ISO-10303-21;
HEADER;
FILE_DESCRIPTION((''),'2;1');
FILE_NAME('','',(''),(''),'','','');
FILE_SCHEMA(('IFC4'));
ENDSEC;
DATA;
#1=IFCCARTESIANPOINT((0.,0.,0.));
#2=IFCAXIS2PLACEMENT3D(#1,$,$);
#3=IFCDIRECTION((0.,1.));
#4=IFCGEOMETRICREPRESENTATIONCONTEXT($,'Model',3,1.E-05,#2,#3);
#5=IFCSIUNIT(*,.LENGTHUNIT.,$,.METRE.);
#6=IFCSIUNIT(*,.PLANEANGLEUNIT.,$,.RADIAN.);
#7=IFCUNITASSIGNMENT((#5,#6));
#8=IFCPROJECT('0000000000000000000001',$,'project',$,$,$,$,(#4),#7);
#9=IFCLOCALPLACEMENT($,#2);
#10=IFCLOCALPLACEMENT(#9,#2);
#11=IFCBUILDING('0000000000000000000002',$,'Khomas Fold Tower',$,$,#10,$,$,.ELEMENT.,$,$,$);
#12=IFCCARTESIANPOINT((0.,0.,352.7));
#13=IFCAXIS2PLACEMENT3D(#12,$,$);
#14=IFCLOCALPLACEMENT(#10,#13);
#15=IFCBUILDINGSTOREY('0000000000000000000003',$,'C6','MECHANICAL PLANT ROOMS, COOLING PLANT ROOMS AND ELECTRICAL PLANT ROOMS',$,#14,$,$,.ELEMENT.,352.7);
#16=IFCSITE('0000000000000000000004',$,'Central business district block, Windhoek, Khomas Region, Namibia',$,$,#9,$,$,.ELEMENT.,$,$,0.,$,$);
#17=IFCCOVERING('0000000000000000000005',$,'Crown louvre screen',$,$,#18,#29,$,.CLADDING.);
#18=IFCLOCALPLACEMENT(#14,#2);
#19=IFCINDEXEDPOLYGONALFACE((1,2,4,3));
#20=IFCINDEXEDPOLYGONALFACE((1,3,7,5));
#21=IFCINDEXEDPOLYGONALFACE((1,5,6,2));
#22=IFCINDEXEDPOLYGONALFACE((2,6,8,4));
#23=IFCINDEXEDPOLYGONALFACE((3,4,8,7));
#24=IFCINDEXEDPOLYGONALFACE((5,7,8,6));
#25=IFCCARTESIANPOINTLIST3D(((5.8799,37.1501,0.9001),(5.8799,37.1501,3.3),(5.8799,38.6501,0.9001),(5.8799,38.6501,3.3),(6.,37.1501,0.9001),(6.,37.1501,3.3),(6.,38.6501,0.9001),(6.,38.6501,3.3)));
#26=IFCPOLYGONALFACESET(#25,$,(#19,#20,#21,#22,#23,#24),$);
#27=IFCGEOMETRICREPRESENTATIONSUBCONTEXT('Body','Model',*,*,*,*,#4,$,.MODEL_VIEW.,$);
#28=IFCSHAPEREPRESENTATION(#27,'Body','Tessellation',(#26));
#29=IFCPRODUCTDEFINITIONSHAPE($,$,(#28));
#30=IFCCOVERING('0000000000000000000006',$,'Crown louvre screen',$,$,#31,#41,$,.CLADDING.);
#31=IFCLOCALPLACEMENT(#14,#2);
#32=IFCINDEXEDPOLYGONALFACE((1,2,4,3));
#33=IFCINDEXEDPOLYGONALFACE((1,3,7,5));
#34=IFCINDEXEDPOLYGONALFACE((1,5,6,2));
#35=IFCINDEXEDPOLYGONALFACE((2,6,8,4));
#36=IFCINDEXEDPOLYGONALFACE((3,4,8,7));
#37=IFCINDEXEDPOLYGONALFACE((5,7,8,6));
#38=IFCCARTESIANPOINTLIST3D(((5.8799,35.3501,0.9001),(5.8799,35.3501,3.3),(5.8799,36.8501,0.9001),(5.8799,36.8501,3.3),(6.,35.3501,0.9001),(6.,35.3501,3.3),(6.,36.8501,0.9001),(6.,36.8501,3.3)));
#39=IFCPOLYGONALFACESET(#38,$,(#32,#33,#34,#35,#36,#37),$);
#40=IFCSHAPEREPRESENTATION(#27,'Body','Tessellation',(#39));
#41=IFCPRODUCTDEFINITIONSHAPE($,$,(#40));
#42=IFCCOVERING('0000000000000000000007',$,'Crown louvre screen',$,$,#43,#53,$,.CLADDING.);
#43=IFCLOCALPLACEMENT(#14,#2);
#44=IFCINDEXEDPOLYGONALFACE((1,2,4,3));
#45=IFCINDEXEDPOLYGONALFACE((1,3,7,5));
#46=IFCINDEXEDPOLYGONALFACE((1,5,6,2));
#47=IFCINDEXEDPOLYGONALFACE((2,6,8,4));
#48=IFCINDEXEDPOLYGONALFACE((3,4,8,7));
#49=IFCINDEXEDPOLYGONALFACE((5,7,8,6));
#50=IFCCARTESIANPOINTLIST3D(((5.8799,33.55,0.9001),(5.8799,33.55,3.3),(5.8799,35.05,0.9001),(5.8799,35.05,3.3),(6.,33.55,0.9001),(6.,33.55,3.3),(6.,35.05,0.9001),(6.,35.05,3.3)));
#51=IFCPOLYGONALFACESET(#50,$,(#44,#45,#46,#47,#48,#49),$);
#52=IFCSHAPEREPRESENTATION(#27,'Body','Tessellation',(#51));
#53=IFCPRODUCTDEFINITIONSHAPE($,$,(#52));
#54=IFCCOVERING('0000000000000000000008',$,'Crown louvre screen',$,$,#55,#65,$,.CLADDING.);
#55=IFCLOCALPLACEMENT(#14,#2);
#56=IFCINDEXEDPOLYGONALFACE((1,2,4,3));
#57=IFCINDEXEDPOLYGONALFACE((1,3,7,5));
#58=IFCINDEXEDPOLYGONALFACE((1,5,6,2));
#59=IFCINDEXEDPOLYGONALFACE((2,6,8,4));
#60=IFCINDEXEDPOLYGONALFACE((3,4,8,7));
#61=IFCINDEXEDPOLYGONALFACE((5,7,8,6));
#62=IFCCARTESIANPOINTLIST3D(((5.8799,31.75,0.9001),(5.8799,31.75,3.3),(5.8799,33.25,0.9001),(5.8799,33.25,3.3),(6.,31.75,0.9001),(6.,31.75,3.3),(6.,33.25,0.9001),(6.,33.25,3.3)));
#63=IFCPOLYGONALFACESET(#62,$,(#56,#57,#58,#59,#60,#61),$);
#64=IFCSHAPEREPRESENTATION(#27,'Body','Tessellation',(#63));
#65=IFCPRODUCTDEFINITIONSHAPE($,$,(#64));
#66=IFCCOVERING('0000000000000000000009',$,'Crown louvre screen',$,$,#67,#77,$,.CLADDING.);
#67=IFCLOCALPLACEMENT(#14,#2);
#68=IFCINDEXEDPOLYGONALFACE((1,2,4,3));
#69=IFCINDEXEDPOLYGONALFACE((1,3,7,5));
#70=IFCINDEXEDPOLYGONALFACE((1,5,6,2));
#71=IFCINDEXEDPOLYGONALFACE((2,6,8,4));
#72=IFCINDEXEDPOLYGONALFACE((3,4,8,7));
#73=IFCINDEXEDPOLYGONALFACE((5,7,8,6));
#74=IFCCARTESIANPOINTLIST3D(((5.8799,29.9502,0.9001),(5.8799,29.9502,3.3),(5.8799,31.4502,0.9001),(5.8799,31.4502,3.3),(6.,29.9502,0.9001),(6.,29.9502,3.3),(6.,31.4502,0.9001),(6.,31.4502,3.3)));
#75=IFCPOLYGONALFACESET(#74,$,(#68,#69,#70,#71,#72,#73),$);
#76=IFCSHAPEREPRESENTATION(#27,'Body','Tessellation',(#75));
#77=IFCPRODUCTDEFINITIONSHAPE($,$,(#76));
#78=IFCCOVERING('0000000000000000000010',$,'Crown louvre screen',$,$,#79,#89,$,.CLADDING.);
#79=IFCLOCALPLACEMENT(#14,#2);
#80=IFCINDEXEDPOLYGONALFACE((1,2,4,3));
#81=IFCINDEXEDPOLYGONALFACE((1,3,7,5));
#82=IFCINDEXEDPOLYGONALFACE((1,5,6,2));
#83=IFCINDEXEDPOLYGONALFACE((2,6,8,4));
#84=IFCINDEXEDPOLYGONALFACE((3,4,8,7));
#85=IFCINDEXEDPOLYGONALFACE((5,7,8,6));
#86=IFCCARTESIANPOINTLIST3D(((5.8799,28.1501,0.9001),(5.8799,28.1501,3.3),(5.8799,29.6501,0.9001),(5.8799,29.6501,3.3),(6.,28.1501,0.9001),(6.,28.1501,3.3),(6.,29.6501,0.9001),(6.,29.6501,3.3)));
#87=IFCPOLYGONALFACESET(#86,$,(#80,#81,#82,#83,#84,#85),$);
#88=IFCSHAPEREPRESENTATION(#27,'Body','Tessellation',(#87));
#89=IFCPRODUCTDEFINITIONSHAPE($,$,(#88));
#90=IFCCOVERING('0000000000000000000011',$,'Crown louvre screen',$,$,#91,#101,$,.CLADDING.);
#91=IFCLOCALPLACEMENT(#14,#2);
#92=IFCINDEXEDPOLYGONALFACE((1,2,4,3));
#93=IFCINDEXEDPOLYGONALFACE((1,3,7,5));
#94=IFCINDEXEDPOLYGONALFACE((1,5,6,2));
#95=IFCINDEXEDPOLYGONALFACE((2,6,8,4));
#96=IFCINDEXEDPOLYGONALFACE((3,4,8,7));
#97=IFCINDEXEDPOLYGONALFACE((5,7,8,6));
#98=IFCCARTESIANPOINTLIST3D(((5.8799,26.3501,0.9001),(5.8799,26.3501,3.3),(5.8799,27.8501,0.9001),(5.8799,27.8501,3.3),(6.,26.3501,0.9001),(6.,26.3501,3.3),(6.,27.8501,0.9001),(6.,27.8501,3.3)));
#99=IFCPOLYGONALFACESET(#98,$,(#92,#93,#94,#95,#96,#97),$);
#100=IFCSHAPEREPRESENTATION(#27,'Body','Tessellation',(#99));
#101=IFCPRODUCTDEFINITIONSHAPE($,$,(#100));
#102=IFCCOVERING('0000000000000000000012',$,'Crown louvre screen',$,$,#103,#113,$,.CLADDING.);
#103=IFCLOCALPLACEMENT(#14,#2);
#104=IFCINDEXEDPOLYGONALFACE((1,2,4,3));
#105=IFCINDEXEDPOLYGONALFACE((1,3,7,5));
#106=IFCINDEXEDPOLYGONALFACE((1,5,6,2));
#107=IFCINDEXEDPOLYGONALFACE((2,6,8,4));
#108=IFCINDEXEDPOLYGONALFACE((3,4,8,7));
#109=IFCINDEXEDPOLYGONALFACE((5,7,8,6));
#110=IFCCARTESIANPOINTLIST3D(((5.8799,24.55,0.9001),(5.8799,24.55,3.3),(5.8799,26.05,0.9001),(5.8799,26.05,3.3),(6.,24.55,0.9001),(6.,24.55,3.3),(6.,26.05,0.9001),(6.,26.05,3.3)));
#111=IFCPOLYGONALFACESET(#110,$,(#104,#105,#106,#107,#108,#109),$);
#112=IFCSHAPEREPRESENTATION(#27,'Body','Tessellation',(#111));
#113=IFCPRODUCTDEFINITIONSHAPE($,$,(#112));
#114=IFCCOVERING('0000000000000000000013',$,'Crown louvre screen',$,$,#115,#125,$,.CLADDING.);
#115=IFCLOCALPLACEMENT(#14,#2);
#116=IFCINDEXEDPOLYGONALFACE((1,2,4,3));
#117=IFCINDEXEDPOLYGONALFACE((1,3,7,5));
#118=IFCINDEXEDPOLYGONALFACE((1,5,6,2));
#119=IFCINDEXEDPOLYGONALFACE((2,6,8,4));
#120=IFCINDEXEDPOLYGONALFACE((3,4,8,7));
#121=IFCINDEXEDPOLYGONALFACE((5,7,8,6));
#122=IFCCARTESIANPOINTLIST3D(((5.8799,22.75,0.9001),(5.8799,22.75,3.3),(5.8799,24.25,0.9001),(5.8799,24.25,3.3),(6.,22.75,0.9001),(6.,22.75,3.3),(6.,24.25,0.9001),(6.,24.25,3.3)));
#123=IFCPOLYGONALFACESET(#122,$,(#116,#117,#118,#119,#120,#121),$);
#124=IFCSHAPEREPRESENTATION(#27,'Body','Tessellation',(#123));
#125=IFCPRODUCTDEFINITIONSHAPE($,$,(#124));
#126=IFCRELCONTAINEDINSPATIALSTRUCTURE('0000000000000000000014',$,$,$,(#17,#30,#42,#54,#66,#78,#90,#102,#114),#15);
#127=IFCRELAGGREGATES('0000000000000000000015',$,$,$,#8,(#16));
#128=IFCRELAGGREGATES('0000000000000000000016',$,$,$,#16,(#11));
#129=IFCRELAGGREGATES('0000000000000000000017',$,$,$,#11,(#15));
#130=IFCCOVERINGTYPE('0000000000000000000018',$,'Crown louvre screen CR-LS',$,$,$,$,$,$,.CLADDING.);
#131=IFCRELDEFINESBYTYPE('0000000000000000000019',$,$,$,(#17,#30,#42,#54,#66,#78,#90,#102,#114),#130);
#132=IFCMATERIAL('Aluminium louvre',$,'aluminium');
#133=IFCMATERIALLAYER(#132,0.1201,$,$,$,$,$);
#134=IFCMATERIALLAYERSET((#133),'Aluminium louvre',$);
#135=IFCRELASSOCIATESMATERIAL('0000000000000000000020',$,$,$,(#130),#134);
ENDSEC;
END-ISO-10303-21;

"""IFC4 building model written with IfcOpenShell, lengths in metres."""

from ifc_helpers import new_model, si_unit, direction, frame, origin, origin_2d, place, context, subcontext, project, spatial, rectangle, extrude, source, transform, mapped, material, layer, layer_set, type_object, element, save


model = new_model("IFC4")

# Units and contexts
model_context = context("Model", 3, precision=1e-05, world=origin(), true_north=direction((0.0, 1.0)))
body_context = subcontext(model_context, "Body", "Model", "MODEL_VIEW")
ifc_project = project(units=[si_unit("LENGTHUNIT", "METRE"), si_unit("PLANEANGLEUNIT", "RADIAN")], contexts=[model_context])

# Site, building, storey
site_placement = place(None, origin())
site = spatial("IfcSite", under=ifc_project, at=site_placement, Name="Central business district block, Windhoek, Khomas Region, Namibia", CompositionType="ELEMENT", RefElevation=0.0)
building_placement = place(site_placement, origin())
building = spatial("IfcBuilding", under=site, at=building_placement, Name="Khomas Fold Tower", CompositionType="ELEMENT")
storey_placement = place(building_placement, frame((0.0, 0.0, 352.7)))
storey = spatial("IfcBuildingStorey", under=building, at=storey_placement, Name="C6", Description="MECHANICAL PLANT ROOMS, COOLING PLANT ROOMS AND ELECTRICAL PLANT ROOMS", CompositionType="ELEMENT", Elevation=352.7)

# Coverings
ifc_material_1 = material(Name="Aluminium louvre", Category="aluminium")
ifc_layer_1 = layer(ifc_material_1, 0.1201)
ifc_layer_set_1 = layer_set([ifc_layer_1], Name="Aluminium louvre")
covering_type = type_object("IfcCoveringType", Name="Crown louvre screen CR-LS", PredefinedType="CLADDING", material=ifc_layer_set_1)
shared_shape_1 = source(origin(), body_context, "Body", "SweptSolid", [
    extrude(rectangle(XDim=1.5, YDim=0.1201, at=origin_2d()), origin(), (0.0, 0.0, 1.0), 2.3999),
])
for number, where, z_axis, x_axis, name in (
    (1, (5.9399, 37.9001, 0.9001), (0.0, 0.0, 1.0), (0.0, -1.0, 0.0), "Crown louvre screen"),
    (2, (5.9399, 36.1001, 0.9001), (0.0, 0.0, 1.0), (0.0, -1.0, 0.0), "Crown louvre screen"),
    (3, (5.9399, 34.3, 0.9001), (0.0, 0.0, 1.0), (0.0, -1.0, 0.0), "Crown louvre screen"),
    (4, (5.9399, 32.5, 0.9001), (0.0, 0.0, 1.0), (0.0, -1.0, 0.0), "Crown louvre screen"),
    (5, (5.9399, 30.7002, 0.9001), (0.0, 0.0, 1.0), (0.0, -1.0, 0.0), "Crown louvre screen"),
    (6, (5.9399, 28.9001, 0.9001), (0.0, 0.0, 1.0), (0.0, -1.0, 0.0), "Crown louvre screen"),
    (7, (5.9399, 27.1001, 0.9001), (0.0, 0.0, 1.0), (0.0, -1.0, 0.0), "Crown louvre screen"),
    (8, (5.9399, 25.3, 0.9001), (0.0, 0.0, 1.0), (0.0, -1.0, 0.0), "Crown louvre screen"),
    (9, (5.9399, 23.5, 0.9001), (0.0, 0.0, 1.0), (0.0, -1.0, 0.0), "Crown louvre screen"),
):
    element("IfcCovering", number, at=place(storey_placement, frame(where, z_axis=z_axis, x_axis=x_axis)), inside=storey, type_object=covering_type, Name=name, PredefinedType="CLADDING", context=body_context, shape_type="MappedRepresentation", body=[
        mapped(shared_shape_1, transform((0.0, 0.0, 0.0))),
    ])

save(model, "model.ifc")
